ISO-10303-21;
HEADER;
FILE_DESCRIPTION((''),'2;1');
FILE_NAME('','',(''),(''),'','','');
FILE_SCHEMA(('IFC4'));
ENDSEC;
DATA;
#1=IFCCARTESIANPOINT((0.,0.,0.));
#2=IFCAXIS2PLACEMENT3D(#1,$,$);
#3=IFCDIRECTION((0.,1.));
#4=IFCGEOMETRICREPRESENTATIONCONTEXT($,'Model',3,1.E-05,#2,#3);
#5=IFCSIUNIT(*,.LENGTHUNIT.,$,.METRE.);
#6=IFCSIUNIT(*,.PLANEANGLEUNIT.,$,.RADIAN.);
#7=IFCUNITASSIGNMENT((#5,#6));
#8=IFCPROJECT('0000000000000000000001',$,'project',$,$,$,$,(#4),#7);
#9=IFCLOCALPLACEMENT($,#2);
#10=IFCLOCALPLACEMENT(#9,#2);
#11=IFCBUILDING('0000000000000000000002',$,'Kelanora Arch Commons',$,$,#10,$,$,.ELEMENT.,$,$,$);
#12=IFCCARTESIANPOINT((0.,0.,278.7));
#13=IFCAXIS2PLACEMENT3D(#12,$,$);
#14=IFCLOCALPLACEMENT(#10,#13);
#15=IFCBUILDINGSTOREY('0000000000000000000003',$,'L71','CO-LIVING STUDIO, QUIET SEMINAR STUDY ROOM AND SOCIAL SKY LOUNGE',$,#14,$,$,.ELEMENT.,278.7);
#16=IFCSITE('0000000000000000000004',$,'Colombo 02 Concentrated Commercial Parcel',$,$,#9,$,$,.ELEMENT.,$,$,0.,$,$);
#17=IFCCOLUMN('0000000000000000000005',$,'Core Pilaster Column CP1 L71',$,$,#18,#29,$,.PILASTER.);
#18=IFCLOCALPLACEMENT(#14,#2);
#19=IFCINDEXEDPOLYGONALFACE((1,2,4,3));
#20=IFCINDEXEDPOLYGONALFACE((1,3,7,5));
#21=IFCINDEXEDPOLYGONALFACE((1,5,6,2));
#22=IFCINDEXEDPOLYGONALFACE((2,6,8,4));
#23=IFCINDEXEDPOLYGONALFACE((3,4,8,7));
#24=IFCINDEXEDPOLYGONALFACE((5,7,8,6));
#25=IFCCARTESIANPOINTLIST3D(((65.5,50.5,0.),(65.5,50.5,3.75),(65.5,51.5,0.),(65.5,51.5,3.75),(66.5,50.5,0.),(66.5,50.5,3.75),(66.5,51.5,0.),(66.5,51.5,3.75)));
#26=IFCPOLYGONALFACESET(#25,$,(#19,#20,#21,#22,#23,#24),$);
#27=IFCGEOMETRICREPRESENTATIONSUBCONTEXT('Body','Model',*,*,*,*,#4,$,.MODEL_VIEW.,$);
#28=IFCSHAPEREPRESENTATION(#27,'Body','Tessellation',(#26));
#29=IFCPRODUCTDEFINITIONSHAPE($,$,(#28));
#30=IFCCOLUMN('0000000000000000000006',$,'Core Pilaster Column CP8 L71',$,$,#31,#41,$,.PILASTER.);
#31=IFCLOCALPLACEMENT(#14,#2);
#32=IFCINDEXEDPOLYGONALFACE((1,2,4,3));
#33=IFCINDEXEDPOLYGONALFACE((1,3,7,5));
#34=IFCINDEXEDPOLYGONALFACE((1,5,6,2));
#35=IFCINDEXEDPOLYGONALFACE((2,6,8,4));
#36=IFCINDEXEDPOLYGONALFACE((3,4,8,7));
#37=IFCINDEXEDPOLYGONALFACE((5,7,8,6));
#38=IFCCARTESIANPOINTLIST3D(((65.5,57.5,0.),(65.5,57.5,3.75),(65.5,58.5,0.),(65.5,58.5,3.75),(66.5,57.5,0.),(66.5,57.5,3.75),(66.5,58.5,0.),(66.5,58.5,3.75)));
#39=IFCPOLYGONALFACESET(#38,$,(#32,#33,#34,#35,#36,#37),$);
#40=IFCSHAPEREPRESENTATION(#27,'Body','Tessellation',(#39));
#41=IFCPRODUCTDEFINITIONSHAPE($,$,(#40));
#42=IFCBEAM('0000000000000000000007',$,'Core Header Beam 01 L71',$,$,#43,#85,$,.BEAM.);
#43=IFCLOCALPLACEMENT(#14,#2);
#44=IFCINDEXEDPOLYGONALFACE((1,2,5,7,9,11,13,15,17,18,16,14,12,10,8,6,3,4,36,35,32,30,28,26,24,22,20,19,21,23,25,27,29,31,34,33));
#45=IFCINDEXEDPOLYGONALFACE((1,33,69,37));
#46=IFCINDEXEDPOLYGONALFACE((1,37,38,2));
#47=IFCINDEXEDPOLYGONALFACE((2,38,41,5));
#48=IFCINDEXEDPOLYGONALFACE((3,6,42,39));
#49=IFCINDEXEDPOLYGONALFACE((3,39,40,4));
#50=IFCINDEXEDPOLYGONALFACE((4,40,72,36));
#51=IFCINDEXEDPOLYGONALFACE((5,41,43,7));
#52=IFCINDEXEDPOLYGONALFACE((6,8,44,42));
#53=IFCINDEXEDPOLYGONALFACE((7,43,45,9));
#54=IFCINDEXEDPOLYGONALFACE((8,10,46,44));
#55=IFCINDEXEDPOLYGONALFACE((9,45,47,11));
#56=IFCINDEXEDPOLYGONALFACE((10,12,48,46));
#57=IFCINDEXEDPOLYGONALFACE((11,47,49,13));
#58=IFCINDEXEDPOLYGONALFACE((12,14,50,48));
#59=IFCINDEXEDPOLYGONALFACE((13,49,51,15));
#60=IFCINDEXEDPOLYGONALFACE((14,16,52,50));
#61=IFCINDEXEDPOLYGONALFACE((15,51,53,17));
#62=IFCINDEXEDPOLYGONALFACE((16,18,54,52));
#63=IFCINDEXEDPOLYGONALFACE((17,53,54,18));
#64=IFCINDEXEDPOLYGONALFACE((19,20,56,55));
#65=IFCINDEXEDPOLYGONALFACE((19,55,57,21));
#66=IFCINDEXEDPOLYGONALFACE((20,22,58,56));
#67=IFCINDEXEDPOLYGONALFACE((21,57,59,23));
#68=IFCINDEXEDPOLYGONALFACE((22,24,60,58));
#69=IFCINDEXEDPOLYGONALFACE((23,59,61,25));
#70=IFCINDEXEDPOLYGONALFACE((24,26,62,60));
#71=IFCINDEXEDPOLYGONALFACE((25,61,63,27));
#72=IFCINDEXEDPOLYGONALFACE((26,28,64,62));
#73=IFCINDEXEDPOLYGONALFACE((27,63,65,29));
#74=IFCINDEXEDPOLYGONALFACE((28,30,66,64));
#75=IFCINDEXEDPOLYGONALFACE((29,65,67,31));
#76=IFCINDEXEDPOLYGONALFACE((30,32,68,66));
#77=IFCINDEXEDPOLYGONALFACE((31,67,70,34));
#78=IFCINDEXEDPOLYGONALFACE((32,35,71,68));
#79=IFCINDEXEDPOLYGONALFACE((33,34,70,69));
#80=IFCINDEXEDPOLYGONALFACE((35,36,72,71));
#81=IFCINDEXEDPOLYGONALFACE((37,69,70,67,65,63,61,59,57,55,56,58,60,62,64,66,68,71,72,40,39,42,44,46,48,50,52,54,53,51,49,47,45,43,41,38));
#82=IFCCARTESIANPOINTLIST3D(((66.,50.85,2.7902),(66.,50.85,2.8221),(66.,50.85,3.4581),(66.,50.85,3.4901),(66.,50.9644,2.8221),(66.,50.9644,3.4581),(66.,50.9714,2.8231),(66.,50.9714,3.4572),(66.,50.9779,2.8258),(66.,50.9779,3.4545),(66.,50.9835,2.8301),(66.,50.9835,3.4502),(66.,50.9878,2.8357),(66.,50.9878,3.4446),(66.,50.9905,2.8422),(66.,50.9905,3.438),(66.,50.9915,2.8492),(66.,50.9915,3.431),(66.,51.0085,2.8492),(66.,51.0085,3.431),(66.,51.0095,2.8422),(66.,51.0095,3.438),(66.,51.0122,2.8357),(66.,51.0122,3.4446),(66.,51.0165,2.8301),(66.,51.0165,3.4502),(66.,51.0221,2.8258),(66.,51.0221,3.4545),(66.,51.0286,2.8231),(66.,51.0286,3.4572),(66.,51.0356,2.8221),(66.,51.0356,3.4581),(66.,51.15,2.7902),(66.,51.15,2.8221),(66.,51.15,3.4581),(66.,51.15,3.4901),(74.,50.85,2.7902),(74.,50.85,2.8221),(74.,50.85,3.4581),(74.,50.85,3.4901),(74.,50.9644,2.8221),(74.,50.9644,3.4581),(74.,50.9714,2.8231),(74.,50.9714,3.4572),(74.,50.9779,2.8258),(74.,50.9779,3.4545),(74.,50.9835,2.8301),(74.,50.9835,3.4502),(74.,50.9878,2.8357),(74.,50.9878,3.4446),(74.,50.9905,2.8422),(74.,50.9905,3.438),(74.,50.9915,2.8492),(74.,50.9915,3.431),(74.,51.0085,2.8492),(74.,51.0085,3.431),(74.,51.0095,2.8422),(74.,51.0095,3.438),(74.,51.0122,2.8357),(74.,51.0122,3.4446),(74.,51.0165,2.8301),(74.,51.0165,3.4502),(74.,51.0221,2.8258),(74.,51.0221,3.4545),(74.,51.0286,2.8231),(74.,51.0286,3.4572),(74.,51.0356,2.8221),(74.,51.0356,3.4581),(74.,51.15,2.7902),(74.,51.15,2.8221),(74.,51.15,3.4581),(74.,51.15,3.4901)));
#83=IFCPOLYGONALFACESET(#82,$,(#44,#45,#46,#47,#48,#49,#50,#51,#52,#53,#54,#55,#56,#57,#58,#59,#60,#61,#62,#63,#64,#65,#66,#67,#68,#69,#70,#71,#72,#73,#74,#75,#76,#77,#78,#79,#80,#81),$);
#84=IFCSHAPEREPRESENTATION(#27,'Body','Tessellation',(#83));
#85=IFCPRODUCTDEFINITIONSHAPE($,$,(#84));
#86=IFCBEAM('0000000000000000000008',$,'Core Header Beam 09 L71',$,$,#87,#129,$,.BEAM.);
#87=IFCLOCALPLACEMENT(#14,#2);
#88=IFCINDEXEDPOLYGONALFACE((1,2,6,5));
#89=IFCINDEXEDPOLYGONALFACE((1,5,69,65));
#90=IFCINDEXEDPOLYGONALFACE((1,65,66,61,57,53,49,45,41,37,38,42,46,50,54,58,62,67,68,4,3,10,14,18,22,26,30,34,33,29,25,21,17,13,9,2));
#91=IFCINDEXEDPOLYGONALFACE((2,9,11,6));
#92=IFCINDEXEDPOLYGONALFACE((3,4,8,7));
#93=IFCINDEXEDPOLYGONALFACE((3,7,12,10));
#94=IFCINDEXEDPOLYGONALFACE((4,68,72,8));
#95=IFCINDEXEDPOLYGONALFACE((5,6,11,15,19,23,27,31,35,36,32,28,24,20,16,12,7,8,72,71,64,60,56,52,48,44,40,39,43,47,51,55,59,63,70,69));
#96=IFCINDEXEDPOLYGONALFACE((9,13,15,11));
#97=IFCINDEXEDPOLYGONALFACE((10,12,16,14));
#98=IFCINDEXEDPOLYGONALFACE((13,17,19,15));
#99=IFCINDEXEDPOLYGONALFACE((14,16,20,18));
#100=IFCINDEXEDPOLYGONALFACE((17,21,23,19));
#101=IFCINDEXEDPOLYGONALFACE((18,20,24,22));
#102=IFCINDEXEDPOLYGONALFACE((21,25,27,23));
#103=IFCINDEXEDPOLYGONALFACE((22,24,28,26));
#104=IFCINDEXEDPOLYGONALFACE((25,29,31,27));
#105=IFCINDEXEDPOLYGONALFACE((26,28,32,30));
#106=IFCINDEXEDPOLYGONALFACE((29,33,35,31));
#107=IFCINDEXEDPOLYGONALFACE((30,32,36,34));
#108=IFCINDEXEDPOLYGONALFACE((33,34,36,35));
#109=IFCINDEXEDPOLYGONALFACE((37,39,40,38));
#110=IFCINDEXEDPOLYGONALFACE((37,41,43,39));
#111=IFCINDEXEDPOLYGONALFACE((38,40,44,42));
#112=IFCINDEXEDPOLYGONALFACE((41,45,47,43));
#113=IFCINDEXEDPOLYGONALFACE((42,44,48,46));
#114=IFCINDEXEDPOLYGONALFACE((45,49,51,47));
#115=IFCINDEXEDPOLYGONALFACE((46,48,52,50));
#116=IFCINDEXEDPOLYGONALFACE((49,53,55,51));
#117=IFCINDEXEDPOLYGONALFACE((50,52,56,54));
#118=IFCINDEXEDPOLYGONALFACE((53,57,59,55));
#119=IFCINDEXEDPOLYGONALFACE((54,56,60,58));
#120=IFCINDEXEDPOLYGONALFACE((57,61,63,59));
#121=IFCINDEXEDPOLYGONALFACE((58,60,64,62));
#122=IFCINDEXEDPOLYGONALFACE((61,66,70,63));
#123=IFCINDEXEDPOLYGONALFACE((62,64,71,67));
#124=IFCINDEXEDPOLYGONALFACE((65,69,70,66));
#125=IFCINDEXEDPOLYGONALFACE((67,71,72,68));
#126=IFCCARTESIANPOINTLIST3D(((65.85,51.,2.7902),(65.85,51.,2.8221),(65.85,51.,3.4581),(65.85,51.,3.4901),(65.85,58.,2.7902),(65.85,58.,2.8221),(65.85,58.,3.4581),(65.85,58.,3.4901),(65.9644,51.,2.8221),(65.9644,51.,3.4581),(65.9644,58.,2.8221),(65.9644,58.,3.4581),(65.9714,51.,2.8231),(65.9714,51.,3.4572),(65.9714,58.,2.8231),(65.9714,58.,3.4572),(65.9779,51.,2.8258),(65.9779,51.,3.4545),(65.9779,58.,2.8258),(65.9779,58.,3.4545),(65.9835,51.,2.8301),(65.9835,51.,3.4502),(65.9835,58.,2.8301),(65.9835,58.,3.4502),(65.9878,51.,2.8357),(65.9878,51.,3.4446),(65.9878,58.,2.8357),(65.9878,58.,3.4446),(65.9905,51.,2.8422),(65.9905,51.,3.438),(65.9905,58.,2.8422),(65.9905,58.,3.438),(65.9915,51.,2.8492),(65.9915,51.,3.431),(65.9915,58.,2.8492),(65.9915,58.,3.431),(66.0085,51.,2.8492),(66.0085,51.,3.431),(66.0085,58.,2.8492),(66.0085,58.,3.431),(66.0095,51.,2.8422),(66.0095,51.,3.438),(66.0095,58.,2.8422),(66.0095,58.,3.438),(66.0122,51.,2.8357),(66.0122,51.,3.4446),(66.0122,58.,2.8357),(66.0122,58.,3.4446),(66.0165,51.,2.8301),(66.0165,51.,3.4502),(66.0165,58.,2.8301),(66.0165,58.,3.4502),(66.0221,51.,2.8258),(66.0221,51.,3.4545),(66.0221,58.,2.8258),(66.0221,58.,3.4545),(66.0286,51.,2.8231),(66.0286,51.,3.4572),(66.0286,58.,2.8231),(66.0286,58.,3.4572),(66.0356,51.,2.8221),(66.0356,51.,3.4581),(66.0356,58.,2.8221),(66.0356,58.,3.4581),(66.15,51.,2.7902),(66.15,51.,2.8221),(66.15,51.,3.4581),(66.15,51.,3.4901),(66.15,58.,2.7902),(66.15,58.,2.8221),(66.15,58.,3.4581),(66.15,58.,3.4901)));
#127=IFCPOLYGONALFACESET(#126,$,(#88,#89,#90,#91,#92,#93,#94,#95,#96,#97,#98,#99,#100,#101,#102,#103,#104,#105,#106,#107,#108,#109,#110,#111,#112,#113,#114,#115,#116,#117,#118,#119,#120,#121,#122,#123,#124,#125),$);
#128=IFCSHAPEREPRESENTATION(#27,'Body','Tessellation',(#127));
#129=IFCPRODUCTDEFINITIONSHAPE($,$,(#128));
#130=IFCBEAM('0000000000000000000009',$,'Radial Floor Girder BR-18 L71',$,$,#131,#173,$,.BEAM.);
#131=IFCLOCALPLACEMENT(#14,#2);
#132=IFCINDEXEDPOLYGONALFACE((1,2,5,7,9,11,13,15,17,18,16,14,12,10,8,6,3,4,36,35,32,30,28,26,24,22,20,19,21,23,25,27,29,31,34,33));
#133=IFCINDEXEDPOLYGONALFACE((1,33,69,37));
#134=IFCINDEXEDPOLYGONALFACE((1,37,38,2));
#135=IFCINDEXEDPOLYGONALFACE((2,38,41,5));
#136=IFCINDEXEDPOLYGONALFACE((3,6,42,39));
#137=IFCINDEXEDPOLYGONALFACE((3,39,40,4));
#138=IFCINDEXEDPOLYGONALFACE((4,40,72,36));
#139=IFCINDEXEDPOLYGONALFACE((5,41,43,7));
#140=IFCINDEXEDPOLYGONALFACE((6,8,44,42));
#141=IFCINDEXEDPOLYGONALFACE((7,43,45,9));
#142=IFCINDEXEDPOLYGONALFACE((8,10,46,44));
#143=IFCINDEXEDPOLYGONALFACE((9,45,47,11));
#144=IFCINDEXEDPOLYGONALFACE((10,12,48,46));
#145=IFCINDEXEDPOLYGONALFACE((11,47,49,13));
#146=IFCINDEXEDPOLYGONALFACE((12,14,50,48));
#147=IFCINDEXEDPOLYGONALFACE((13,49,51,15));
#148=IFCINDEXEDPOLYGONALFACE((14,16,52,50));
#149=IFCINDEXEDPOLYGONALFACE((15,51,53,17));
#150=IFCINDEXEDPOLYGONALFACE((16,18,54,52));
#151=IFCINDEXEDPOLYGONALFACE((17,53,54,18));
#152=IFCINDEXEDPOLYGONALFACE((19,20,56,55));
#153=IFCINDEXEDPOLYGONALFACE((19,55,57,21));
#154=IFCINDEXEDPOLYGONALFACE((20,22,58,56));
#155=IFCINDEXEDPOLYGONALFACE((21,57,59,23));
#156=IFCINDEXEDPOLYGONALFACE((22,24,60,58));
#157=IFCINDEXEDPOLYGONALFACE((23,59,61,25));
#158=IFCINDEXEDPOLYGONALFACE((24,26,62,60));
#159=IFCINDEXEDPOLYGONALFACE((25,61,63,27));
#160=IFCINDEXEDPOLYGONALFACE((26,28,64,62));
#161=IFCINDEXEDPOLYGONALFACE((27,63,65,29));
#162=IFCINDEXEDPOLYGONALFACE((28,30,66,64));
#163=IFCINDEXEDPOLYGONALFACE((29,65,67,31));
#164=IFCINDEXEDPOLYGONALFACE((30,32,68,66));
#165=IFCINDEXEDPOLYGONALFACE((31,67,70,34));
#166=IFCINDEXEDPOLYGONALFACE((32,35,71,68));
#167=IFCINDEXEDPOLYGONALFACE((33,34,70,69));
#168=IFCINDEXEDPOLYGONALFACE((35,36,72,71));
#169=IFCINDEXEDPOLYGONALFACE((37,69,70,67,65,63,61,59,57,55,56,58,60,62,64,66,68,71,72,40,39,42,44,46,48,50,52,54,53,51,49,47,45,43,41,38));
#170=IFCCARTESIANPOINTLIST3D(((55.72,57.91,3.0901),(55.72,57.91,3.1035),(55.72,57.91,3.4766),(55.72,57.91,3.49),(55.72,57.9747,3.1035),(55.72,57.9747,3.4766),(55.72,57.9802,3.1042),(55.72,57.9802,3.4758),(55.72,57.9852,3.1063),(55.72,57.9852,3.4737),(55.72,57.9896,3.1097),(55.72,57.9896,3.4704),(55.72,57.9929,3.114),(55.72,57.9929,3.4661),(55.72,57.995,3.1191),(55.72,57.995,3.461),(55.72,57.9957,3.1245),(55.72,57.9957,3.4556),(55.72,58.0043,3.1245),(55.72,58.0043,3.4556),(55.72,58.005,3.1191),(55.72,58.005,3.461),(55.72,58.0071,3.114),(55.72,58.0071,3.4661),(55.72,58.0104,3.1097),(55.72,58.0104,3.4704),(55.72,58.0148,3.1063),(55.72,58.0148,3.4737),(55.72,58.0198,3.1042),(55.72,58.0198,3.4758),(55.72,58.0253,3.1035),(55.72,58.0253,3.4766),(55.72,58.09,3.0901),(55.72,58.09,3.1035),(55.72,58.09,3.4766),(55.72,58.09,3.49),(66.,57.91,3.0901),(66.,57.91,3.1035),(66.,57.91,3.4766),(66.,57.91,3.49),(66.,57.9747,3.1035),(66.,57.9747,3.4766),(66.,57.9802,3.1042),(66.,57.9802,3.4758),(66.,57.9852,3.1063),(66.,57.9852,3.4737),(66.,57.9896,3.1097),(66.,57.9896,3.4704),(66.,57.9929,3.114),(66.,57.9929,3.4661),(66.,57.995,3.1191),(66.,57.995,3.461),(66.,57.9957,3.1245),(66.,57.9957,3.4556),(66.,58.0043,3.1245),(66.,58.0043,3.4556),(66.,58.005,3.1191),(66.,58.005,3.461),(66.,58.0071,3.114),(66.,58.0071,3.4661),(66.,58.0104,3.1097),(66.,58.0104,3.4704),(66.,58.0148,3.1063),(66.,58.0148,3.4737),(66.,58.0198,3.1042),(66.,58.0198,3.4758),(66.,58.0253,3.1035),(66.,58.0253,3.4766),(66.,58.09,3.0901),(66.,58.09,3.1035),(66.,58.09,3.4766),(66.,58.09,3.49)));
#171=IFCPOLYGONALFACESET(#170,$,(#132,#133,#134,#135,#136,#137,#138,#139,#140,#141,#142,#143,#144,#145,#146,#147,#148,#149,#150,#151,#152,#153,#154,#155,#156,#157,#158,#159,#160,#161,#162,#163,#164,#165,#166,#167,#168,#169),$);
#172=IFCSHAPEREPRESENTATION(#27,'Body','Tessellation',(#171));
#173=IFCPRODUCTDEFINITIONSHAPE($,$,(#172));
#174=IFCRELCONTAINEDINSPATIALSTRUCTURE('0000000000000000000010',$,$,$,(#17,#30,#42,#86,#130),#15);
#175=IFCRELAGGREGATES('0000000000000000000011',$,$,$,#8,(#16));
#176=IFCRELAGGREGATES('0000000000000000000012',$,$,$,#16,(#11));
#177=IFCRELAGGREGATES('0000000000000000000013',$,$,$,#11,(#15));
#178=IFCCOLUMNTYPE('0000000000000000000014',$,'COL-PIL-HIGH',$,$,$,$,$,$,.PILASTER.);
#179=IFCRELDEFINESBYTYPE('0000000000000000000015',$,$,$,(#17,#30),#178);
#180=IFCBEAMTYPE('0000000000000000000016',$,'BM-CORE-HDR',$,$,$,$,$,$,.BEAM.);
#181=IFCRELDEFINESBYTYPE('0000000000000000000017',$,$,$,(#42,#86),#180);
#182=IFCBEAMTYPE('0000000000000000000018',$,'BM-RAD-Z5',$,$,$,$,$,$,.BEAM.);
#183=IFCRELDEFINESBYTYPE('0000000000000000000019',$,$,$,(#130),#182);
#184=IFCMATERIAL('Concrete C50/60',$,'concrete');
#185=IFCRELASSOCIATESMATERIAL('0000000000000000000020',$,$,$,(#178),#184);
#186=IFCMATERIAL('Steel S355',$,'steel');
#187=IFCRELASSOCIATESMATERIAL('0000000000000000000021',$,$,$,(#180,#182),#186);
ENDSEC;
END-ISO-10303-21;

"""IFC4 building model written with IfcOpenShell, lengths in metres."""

from ifc_helpers import new_model, si_unit, direction, frame, origin, origin_2d, place, context, subcontext, project, spatial, rectangle, i_section, extrude, material, material_profile, profile_set, type_object, element, save


model = new_model("IFC4")

# Units and contexts
model_context = context("Model", 3, precision=1e-05, world=origin(), true_north=direction((0.0, 1.0)))
body_context = subcontext(model_context, "Body", "Model", "MODEL_VIEW")
ifc_project = project(units=[si_unit("LENGTHUNIT", "METRE"), si_unit("PLANEANGLEUNIT", "RADIAN")], contexts=[model_context])

# Site, building, storey
site_placement = place(None, origin())
site = spatial("IfcSite", under=ifc_project, at=site_placement, Name="Colombo 02 Concentrated Commercial Parcel", CompositionType="ELEMENT", RefElevation=0.0)
building_placement = place(site_placement, origin())
building = spatial("IfcBuilding", under=site, at=building_placement, Name="Kelanora Arch Commons", CompositionType="ELEMENT")
storey_placement = place(building_placement, frame((0.0, 0.0, 278.7)))
storey = spatial("IfcBuildingStorey", under=building, at=storey_placement, Name="L71", Description="CO-LIVING STUDIO, QUIET SEMINAR STUDY ROOM AND SOCIAL SKY LOUNGE", CompositionType="ELEMENT", Elevation=278.7)

# Columns
ifc_material_1 = material(Name="Concrete C50/60", Category="concrete")
ifc_material_profile_1 = material_profile(ifc_material_1, rectangle(XDim=1.0, YDim=1.0, at=origin_2d()), Name="RC1000x1000")
ifc_profile_set_1 = profile_set([ifc_material_profile_1], Name="Concrete C50/60")
column_type = type_object("IfcColumnType", Name="COL-PIL-HIGH", PredefinedType="PILASTER", material=ifc_profile_set_1)
for number, where, z_axis, x_axis, name in (
    (1, (66.0, 51.0, 0.0), (0.0, 0.0, 1.0), (1.0, 0.0, 0.0), "Core Pilaster Column CP1 L71"),
    (2, (66.0, 58.0, 0.0), (0.0, 0.0, 1.0), (1.0, 0.0, 0.0), "Core Pilaster Column CP8 L71"),
):
    element("IfcColumn", number, at=place(storey_placement, frame(where, z_axis=z_axis, x_axis=x_axis)), inside=storey, type_object=column_type, Name=name, PredefinedType="PILASTER", context=body_context, shape_type="SweptSolid", body=[
        extrude(rectangle(XDim=1.0, YDim=1.0, at=origin_2d()), origin(), (0.0, 0.0, 1.0), 3.75),
    ])

# Beams
ifc_material_2 = material(Name="Steel S355", Category="steel")
ifc_material_profile_2 = material_profile(ifc_material_2, i_section(OverallWidth=0.3, OverallDepth=0.7, WebThickness=0.0171, FlangeThickness=0.032, FilletRadius=0.0271, at=origin_2d()), Name="HEB700")
ifc_profile_set_2 = profile_set([ifc_material_profile_2], Name="Steel S355")
beam_type_1 = type_object("IfcBeamType", Name="BM-CORE-HDR", PredefinedType="BEAM", material=ifc_profile_set_2)
beam_1_placement = place(storey_placement, frame((66.0, 51.0, 3.1401), z_axis=(1.0, 0.0, 0.0), x_axis=(0.0, 1.0, 0.0)))
element("IfcBeam", 3, at=beam_1_placement, inside=storey, type_object=beam_type_1, Name="Core Header Beam 01 L71", PredefinedType="BEAM", context=body_context, shape_type="SweptSolid", body=[
    extrude(i_section(OverallWidth=0.3, OverallDepth=0.7, WebThickness=0.0171, FlangeThickness=0.032, FilletRadius=0.0271, at=origin_2d()), origin(), (0.0, 0.0, 1.0), 8.0),
])
beam_2_placement = place(storey_placement, frame((66.0, 58.0, 3.1401), z_axis=(0.0, -1.0, 0.0), x_axis=(1.0, 0.0, 0.0)))
element("IfcBeam", 4, at=beam_2_placement, inside=storey, type_object=beam_type_1, Name="Core Header Beam 09 L71", PredefinedType="BEAM", context=body_context, shape_type="SweptSolid", body=[
    extrude(i_section(OverallWidth=0.3, OverallDepth=0.7, WebThickness=0.0171, FlangeThickness=0.032, FilletRadius=0.0271, at=origin_2d()), origin(), (0.0, 0.0, 1.0), 7.0),
])
ifc_material_profile_3 = material_profile(ifc_material_2, i_section(OverallWidth=0.1799, OverallDepth=0.3999, WebThickness=0.0085, FlangeThickness=0.0134, FilletRadius=0.021, at=origin_2d()), Name="IPE400")
ifc_profile_set_3 = profile_set([ifc_material_profile_3], Name="Steel S355")
beam_type_2 = type_object("IfcBeamType", Name="BM-RAD-Z5", PredefinedType="BEAM", material=ifc_profile_set_3)
beam_3_placement = place(storey_placement, frame((66.0, 58.0, 3.29), z_axis=(-1.0, 0.0, 0.0), x_axis=(0.0, -1.0, 0.0)))
element("IfcBeam", 5, at=beam_3_placement, inside=storey, type_object=beam_type_2, Name="Radial Floor Girder BR-18 L71", PredefinedType="BEAM", context=body_context, shape_type="SweptSolid", body=[
    extrude(i_section(OverallWidth=0.1799, OverallDepth=0.3999, WebThickness=0.0085, FlangeThickness=0.0134, FilletRadius=0.021, at=origin_2d()), origin(), (0.0, 0.0, 1.0), 10.28),
])

save(model, "model.ifc")
